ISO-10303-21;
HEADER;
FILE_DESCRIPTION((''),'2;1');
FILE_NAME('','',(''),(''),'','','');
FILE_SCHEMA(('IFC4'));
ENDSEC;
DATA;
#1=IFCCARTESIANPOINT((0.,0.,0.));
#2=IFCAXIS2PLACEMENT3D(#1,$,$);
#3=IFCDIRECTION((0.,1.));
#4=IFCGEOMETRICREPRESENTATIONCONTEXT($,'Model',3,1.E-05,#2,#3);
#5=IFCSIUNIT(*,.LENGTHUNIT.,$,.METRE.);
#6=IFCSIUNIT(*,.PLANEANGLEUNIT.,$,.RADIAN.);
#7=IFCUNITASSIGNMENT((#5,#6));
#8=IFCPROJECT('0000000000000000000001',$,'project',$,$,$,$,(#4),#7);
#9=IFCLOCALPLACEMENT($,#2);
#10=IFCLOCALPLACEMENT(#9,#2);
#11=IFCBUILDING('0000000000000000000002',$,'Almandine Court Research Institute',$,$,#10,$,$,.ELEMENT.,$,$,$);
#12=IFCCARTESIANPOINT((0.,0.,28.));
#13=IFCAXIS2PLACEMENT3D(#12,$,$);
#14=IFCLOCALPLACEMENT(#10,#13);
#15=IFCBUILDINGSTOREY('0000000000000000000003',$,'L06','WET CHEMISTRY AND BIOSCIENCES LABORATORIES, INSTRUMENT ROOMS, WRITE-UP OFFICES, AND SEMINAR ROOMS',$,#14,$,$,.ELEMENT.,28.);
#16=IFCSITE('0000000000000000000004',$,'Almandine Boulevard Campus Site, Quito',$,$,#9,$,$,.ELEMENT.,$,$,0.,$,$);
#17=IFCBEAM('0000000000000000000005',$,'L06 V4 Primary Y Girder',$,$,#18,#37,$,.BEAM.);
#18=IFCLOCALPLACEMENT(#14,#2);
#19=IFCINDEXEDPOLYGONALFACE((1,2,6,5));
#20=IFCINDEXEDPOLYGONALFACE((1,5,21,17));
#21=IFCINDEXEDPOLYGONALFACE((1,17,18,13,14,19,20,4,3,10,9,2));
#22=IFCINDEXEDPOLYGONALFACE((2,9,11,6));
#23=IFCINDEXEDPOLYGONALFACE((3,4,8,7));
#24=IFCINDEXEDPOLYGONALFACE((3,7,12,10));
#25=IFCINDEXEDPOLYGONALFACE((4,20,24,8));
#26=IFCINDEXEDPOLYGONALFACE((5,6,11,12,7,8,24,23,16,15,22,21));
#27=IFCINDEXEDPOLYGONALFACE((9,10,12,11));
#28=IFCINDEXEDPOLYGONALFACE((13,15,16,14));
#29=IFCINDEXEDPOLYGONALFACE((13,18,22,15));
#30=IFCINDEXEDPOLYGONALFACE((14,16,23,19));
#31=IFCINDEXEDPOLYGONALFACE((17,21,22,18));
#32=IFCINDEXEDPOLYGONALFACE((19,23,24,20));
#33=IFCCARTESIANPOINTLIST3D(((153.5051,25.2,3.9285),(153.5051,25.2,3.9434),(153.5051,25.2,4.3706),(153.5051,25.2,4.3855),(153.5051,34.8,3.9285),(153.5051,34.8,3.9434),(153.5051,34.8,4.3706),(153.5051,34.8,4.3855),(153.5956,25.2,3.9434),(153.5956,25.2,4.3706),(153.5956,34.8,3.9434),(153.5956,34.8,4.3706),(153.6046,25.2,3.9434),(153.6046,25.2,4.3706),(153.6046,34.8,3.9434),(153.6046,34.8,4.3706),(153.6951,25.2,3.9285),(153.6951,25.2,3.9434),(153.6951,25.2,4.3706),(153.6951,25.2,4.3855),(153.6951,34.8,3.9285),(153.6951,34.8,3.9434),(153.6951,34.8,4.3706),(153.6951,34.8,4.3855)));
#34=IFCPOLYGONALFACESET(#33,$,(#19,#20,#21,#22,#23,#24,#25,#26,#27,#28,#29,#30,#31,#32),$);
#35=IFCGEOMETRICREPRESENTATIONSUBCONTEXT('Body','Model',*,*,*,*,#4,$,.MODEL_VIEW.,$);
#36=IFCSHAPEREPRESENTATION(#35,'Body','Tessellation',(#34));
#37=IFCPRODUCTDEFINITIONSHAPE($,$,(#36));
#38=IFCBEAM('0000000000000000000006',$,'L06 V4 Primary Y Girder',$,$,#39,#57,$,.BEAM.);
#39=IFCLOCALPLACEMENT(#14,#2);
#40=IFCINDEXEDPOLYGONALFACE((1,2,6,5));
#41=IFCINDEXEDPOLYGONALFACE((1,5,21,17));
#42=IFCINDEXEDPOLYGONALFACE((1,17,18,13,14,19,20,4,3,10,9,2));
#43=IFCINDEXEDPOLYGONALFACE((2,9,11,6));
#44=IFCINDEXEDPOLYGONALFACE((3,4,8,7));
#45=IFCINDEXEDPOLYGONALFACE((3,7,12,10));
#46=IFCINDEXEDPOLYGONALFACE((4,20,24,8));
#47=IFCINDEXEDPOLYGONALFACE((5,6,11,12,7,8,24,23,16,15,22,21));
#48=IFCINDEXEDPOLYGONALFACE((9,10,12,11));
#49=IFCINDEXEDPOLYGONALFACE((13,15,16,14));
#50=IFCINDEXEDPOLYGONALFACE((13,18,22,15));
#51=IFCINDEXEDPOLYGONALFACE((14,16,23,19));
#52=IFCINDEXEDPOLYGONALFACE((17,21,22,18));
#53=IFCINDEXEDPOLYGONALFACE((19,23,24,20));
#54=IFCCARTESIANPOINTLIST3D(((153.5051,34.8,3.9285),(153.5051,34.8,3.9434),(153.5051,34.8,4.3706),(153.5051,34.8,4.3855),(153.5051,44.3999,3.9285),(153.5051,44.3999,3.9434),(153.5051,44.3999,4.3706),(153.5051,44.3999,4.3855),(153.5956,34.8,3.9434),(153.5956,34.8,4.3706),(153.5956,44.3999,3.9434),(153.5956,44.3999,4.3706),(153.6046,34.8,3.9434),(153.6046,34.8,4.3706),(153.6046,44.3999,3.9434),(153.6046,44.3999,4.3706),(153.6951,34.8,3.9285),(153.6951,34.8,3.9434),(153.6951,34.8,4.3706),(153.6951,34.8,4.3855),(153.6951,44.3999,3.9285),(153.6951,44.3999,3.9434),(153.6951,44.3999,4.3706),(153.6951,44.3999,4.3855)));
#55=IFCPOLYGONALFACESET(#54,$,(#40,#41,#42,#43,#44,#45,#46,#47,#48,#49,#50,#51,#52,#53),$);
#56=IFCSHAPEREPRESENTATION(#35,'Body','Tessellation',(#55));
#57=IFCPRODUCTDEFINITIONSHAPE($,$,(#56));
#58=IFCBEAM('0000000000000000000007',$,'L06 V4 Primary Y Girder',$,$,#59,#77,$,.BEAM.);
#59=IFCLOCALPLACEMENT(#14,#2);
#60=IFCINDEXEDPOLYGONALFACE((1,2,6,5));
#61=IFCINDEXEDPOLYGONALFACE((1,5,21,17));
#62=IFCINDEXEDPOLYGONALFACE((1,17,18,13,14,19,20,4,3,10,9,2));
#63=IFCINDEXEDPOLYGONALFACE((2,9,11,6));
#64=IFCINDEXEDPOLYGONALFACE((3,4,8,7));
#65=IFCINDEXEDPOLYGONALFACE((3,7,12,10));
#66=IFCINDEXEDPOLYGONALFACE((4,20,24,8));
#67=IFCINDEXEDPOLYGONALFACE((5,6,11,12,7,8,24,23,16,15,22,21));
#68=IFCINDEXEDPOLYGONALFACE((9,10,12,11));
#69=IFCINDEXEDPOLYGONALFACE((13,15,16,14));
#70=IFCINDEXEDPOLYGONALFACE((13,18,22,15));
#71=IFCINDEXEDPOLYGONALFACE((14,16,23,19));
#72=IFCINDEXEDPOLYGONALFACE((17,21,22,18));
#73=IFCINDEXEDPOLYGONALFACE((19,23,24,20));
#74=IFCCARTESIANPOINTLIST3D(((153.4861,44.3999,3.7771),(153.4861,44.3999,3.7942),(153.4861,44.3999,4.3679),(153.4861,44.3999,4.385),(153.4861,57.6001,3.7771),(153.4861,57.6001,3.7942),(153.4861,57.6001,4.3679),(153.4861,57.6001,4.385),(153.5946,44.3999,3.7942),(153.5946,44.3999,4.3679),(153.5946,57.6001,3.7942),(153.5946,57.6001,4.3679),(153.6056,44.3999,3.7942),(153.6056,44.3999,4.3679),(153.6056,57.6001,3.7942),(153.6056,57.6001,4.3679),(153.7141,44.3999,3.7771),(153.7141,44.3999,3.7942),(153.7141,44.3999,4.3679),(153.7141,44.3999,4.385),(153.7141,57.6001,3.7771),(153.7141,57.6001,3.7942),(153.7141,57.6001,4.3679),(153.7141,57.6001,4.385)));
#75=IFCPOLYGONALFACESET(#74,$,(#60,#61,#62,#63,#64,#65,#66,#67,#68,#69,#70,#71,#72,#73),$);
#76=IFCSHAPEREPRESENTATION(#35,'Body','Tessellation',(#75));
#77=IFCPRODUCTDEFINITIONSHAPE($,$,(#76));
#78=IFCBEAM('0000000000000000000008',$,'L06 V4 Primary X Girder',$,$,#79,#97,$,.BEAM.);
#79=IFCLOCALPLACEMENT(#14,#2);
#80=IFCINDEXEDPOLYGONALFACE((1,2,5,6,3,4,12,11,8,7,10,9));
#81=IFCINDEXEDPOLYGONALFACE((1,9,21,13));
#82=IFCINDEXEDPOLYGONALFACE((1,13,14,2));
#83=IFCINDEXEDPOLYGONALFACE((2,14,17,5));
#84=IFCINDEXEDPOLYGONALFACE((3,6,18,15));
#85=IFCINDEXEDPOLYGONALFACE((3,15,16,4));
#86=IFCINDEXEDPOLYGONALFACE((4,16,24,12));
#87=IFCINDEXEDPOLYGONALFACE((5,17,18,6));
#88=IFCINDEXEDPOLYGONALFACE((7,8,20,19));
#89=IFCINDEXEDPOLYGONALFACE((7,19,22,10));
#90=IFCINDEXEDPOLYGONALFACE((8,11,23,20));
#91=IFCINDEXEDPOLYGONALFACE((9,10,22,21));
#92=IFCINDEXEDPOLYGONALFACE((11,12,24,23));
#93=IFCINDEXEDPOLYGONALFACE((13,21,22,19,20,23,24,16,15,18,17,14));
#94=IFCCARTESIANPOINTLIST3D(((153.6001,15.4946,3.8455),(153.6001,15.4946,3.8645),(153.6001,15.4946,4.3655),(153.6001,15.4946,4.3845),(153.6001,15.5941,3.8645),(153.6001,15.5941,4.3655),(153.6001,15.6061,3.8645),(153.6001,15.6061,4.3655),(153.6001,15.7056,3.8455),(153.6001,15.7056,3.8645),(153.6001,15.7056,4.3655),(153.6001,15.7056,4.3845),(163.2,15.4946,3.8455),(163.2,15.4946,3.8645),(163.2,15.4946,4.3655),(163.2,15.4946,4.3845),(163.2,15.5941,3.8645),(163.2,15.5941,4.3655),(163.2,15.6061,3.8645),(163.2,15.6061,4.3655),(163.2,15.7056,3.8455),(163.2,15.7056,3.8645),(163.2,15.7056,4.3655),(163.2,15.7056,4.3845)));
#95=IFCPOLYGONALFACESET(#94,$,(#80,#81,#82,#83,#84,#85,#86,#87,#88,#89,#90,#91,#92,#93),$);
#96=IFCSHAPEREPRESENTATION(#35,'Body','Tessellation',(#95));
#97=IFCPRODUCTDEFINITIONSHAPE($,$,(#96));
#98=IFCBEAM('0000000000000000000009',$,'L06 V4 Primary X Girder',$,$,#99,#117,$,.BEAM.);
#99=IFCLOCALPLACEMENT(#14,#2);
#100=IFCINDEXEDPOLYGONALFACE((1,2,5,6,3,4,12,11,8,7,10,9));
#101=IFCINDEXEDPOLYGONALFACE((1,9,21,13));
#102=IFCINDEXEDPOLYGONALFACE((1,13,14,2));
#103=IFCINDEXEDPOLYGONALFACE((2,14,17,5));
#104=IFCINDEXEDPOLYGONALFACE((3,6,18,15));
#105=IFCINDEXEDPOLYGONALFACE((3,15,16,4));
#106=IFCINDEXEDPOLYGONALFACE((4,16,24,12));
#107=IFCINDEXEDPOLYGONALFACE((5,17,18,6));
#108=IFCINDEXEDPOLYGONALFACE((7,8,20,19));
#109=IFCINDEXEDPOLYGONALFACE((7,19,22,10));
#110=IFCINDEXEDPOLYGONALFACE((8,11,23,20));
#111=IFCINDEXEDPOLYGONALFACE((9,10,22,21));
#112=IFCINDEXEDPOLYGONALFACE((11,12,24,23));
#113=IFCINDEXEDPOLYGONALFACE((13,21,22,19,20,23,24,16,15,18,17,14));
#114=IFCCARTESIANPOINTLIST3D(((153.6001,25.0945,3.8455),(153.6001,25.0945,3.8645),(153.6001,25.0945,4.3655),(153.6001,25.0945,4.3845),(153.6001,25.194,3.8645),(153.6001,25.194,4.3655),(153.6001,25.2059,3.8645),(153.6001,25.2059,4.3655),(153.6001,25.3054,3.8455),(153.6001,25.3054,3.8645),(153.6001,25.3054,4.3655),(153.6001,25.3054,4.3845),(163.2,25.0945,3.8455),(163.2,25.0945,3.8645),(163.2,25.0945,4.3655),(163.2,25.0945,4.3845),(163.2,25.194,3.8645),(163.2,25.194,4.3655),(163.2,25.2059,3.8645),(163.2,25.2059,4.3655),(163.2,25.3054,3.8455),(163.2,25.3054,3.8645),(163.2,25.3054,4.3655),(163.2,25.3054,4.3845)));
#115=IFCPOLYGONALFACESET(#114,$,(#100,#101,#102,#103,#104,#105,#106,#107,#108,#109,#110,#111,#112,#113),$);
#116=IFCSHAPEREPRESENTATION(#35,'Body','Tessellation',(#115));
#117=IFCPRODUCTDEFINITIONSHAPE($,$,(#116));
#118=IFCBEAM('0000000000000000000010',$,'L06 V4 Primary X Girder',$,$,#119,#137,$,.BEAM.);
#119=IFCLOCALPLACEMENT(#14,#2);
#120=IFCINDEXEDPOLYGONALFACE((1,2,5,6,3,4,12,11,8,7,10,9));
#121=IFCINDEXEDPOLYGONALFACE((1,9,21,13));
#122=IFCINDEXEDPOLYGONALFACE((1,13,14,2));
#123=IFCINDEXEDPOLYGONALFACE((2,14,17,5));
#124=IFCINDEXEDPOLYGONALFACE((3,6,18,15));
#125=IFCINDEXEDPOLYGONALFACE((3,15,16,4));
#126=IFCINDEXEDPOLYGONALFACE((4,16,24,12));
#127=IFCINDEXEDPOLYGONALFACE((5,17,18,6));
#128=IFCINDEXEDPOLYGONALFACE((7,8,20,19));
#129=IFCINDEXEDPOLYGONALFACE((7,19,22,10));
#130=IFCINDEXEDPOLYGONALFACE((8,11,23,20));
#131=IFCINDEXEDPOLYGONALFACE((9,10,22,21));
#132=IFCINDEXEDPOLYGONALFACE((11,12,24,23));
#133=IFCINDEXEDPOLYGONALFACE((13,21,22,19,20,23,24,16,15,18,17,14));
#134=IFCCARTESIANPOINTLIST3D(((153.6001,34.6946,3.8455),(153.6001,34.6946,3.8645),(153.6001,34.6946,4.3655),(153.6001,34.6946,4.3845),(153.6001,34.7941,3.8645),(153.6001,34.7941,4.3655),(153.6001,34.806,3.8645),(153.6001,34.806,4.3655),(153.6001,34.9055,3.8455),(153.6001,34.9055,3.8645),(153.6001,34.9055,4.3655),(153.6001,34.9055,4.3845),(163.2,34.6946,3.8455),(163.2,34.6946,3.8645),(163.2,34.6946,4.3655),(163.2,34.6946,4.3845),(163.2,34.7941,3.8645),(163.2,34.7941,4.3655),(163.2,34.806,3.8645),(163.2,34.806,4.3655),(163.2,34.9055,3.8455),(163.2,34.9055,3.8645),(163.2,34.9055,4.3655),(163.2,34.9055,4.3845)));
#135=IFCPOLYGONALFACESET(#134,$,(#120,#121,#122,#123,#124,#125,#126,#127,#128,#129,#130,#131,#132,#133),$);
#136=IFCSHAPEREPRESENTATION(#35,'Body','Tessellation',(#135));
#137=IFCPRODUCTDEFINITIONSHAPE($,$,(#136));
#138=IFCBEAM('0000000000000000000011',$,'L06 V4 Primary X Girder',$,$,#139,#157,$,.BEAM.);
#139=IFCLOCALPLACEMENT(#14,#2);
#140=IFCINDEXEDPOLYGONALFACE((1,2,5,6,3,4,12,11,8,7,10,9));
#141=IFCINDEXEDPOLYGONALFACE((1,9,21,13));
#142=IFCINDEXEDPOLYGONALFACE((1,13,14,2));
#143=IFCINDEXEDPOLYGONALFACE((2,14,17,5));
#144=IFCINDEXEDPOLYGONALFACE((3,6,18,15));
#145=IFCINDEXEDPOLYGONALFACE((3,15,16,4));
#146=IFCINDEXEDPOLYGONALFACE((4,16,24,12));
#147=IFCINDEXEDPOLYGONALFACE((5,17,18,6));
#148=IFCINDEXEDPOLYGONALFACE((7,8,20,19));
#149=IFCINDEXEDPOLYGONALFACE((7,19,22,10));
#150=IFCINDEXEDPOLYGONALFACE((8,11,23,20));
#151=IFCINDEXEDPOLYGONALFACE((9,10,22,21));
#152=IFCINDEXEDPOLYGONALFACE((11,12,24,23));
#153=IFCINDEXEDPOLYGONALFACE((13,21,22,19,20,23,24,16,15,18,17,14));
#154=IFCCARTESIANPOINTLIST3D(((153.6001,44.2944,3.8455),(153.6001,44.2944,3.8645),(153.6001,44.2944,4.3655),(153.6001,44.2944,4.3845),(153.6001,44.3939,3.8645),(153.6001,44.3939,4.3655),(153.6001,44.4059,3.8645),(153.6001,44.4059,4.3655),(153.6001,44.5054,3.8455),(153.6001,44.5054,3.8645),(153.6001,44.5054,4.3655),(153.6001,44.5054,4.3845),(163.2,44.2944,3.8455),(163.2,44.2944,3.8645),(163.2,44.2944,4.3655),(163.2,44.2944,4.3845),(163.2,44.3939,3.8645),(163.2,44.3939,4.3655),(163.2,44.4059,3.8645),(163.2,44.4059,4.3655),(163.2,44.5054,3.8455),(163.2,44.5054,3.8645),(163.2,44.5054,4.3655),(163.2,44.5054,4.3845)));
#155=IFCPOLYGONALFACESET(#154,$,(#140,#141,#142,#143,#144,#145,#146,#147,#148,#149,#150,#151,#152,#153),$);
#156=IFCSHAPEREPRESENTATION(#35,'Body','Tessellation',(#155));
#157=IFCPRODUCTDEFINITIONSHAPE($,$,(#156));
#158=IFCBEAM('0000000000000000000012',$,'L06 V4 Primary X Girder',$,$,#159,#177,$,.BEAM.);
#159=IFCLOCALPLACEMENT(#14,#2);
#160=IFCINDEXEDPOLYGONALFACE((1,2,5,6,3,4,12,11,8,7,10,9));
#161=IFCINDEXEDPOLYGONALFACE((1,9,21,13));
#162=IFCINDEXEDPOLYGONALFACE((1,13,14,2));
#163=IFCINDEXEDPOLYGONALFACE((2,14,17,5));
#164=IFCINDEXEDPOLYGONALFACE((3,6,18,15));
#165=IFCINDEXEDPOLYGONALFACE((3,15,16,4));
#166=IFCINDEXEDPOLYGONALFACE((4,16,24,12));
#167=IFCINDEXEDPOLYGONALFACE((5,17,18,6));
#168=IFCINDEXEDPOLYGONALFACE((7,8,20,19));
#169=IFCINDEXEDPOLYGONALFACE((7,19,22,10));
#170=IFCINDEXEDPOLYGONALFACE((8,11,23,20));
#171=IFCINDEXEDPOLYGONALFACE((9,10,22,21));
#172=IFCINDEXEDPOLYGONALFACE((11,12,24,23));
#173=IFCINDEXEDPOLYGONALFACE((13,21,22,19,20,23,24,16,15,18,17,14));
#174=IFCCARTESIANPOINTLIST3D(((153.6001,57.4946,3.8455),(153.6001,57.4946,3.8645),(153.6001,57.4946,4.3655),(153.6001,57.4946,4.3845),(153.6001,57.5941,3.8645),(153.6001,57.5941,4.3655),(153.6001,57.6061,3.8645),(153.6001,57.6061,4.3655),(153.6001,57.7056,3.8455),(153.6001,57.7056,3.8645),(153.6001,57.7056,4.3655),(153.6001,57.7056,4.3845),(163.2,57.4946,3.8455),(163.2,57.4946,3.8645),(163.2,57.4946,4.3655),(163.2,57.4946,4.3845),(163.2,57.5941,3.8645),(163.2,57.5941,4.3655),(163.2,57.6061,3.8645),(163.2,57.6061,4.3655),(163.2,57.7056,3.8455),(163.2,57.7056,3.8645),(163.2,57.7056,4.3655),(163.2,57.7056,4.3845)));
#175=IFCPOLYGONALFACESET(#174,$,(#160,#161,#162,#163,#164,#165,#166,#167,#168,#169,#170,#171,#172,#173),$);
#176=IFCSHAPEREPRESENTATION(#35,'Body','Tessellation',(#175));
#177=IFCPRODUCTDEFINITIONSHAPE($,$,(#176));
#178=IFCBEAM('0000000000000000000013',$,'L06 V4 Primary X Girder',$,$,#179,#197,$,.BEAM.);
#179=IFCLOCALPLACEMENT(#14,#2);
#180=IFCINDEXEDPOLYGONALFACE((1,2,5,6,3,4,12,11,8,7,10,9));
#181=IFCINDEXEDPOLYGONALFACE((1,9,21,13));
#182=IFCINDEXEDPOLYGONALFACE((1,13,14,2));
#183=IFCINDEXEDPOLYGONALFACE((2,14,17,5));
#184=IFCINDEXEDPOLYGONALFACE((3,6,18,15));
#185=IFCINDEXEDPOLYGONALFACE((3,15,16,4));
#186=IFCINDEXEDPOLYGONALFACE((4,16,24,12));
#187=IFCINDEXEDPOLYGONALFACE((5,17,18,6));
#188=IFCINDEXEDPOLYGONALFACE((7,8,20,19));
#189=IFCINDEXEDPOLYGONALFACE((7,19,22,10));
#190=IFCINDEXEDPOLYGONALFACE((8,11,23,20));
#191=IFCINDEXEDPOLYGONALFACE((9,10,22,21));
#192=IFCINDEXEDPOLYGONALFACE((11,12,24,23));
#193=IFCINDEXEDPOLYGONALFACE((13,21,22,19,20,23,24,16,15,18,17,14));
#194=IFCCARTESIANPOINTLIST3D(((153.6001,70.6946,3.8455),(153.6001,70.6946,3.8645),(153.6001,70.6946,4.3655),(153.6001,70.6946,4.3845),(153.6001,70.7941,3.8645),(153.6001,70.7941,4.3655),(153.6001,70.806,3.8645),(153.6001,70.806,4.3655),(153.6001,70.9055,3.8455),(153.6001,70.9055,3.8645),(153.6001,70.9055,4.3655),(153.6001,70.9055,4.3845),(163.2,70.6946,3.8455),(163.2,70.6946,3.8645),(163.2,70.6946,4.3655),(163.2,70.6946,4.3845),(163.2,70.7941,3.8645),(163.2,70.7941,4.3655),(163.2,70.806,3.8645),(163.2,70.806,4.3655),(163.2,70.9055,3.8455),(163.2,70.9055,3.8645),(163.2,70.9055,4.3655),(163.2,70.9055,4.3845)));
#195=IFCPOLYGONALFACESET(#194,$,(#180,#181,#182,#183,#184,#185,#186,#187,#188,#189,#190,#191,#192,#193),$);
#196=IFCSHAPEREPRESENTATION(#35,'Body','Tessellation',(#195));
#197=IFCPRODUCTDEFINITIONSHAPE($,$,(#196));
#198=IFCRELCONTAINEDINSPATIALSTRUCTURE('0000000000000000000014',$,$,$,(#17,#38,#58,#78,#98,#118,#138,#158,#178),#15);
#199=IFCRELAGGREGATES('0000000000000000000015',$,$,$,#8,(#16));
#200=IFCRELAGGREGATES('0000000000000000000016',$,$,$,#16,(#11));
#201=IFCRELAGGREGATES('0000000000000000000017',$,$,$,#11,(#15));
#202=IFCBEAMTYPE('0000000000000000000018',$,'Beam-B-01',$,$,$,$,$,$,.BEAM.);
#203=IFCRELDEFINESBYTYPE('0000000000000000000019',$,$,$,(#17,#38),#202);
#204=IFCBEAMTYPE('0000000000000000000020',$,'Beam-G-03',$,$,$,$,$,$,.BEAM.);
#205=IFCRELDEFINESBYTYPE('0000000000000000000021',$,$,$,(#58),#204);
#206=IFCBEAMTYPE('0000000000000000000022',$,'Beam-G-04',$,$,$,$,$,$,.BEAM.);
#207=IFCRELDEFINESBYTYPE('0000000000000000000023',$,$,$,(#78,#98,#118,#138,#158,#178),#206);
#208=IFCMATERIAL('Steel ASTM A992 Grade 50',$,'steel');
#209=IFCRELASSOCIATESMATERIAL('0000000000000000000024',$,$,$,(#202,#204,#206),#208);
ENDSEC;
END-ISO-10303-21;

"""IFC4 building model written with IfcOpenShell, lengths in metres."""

from ifc_helpers import new_model, si_unit, direction, frame, origin, origin_2d, place, context, subcontext, project, spatial, i_section, extrude, material, material_profile, profile_set, type_object, element, save


model = new_model("IFC4")

# Units and contexts
model_context = context("Model", 3, precision=1e-05, world=origin(), true_north=direction((0.0, 1.0)))
body_context = subcontext(model_context, "Body", "Model", "MODEL_VIEW")
ifc_project = project(units=[si_unit("LENGTHUNIT", "METRE"), si_unit("PLANEANGLEUNIT", "RADIAN")], contexts=[model_context])

# Site, building, storey
site_placement = place(None, origin())
site = spatial("IfcSite", under=ifc_project, at=site_placement, Name="Almandine Boulevard Campus Site, Quito", CompositionType="ELEMENT", RefElevation=0.0)
building_placement = place(site_placement, origin())
building = spatial("IfcBuilding", under=site, at=building_placement, Name="Almandine Court Research Institute", CompositionType="ELEMENT")
storey_placement = place(building_placement, frame((0.0, 0.0, 28.0)))
storey = spatial("IfcBuildingStorey", under=building, at=storey_placement, Name="L06", Description="WET CHEMISTRY AND BIOSCIENCES LABORATORIES, INSTRUMENT ROOMS, WRITE-UP OFFICES, AND SEMINAR ROOMS", CompositionType="ELEMENT", Elevation=28.0)

# Shared definitions
ifc_material_1 = material(Name="Steel ASTM A992 Grade 50", Category="steel")

# Beams
ifc_material_profile_1 = material_profile(ifc_material_1, i_section(OverallWidth=0.1899, OverallDepth=0.457, WebThickness=0.009, FlangeThickness=0.0149, at=origin_2d()), Name="W460x74")
ifc_profile_set_1 = profile_set([ifc_material_profile_1], Name="Steel ASTM A992 Grade 50")
beam_type_1 = type_object("IfcBeamType", Name="Beam-B-01", PredefinedType="BEAM", material=ifc_profile_set_1)
beam_1_placement = place(storey_placement, frame((153.6001, 25.2, 4.157), z_axis=(0.0, 1.0, 0.0), x_axis=(-1.0, 0.0, 0.0)))
element("IfcBeam", 1, at=beam_1_placement, inside=storey, type_object=beam_type_1, Name="L06 V4 Primary Y Girder", PredefinedType="BEAM", context=body_context, shape_type="SweptSolid", body=[
    extrude(i_section(OverallWidth=0.1899, OverallDepth=0.457, WebThickness=0.009, FlangeThickness=0.0149, at=origin_2d()), origin(), (0.0, 0.0, 1.0), 9.6001),
])
beam_2_placement = place(storey_placement, frame((153.6001, 34.8, 4.157), z_axis=(0.0, 1.0, 0.0), x_axis=(-1.0, 0.0, 0.0)))
element("IfcBeam", 2, at=beam_2_placement, inside=storey, type_object=beam_type_1, Name="L06 V4 Primary Y Girder", PredefinedType="BEAM", context=body_context, shape_type="SweptSolid", body=[
    extrude(i_section(OverallWidth=0.1899, OverallDepth=0.457, WebThickness=0.009, FlangeThickness=0.0149, at=origin_2d()), origin(), (0.0, 0.0, 1.0), 9.5999),
])
ifc_material_profile_2 = material_profile(ifc_material_1, i_section(OverallWidth=0.228, OverallDepth=0.6079, WebThickness=0.011, FlangeThickness=0.0171, at=origin_2d()), Name="W610x113")
ifc_profile_set_2 = profile_set([ifc_material_profile_2], Name="Steel ASTM A992 Grade 50")
beam_type_2 = type_object("IfcBeamType", Name="Beam-G-03", PredefinedType="BEAM", material=ifc_profile_set_2)
beam_3_placement = place(storey_placement, frame((153.6001, 44.3999, 4.0811), z_axis=(0.0, 1.0, 0.0), x_axis=(-1.0, 0.0, 0.0)))
element("IfcBeam", 3, at=beam_3_placement, inside=storey, type_object=beam_type_2, Name="L06 V4 Primary Y Girder", PredefinedType="BEAM", context=body_context, shape_type="SweptSolid", body=[
    extrude(i_section(OverallWidth=0.228, OverallDepth=0.6079, WebThickness=0.011, FlangeThickness=0.0171, at=origin_2d()), origin(), (0.0, 0.0, 1.0), 13.2002),
])
ifc_material_profile_3 = material_profile(ifc_material_1, i_section(OverallWidth=0.2109, OverallDepth=0.5391, WebThickness=0.012, FlangeThickness=0.019, at=origin_2d()), Name="W530x109")
ifc_profile_set_3 = profile_set([ifc_material_profile_3], Name="Steel ASTM A992 Grade 50")
beam_type_3 = type_object("IfcBeamType", Name="Beam-G-04", PredefinedType="BEAM", material=ifc_profile_set_3)
for number, where, z_axis, x_axis, name in (
    (4, (153.6001, 15.6001, 4.115), (1.0, 0.0, 0.0), (0.0, 1.0, 0.0), "L06 V4 Primary X Girder"),
    (5, (153.6001, 25.2, 4.115), (1.0, 0.0, 0.0), (0.0, 1.0, 0.0), "L06 V4 Primary X Girder"),
    (6, (153.6001, 34.8, 4.115), (1.0, 0.0, 0.0), (0.0, 1.0, 0.0), "L06 V4 Primary X Girder"),
    (7, (153.6001, 44.3999, 4.115), (1.0, 0.0, 0.0), (0.0, 1.0, 0.0), "L06 V4 Primary X Girder"),
    (8, (153.6001, 57.6001, 4.115), (1.0, 0.0, 0.0), (0.0, 1.0, 0.0), "L06 V4 Primary X Girder"),
    (9, (153.6001, 70.8, 4.115), (1.0, 0.0, 0.0), (0.0, 1.0, 0.0), "L06 V4 Primary X Girder"),
):
    element("IfcBeam", number, at=place(storey_placement, frame(where, z_axis=z_axis, x_axis=x_axis)), inside=storey, type_object=beam_type_3, Name=name, PredefinedType="BEAM", context=body_context, shape_type="SweptSolid", body=[
        extrude(i_section(OverallWidth=0.2109, OverallDepth=0.5391, WebThickness=0.012, FlangeThickness=0.019, at=origin_2d()), origin(), (0.0, 0.0, 1.0), 9.5999),
    ])

save(model, "model.ifc")
